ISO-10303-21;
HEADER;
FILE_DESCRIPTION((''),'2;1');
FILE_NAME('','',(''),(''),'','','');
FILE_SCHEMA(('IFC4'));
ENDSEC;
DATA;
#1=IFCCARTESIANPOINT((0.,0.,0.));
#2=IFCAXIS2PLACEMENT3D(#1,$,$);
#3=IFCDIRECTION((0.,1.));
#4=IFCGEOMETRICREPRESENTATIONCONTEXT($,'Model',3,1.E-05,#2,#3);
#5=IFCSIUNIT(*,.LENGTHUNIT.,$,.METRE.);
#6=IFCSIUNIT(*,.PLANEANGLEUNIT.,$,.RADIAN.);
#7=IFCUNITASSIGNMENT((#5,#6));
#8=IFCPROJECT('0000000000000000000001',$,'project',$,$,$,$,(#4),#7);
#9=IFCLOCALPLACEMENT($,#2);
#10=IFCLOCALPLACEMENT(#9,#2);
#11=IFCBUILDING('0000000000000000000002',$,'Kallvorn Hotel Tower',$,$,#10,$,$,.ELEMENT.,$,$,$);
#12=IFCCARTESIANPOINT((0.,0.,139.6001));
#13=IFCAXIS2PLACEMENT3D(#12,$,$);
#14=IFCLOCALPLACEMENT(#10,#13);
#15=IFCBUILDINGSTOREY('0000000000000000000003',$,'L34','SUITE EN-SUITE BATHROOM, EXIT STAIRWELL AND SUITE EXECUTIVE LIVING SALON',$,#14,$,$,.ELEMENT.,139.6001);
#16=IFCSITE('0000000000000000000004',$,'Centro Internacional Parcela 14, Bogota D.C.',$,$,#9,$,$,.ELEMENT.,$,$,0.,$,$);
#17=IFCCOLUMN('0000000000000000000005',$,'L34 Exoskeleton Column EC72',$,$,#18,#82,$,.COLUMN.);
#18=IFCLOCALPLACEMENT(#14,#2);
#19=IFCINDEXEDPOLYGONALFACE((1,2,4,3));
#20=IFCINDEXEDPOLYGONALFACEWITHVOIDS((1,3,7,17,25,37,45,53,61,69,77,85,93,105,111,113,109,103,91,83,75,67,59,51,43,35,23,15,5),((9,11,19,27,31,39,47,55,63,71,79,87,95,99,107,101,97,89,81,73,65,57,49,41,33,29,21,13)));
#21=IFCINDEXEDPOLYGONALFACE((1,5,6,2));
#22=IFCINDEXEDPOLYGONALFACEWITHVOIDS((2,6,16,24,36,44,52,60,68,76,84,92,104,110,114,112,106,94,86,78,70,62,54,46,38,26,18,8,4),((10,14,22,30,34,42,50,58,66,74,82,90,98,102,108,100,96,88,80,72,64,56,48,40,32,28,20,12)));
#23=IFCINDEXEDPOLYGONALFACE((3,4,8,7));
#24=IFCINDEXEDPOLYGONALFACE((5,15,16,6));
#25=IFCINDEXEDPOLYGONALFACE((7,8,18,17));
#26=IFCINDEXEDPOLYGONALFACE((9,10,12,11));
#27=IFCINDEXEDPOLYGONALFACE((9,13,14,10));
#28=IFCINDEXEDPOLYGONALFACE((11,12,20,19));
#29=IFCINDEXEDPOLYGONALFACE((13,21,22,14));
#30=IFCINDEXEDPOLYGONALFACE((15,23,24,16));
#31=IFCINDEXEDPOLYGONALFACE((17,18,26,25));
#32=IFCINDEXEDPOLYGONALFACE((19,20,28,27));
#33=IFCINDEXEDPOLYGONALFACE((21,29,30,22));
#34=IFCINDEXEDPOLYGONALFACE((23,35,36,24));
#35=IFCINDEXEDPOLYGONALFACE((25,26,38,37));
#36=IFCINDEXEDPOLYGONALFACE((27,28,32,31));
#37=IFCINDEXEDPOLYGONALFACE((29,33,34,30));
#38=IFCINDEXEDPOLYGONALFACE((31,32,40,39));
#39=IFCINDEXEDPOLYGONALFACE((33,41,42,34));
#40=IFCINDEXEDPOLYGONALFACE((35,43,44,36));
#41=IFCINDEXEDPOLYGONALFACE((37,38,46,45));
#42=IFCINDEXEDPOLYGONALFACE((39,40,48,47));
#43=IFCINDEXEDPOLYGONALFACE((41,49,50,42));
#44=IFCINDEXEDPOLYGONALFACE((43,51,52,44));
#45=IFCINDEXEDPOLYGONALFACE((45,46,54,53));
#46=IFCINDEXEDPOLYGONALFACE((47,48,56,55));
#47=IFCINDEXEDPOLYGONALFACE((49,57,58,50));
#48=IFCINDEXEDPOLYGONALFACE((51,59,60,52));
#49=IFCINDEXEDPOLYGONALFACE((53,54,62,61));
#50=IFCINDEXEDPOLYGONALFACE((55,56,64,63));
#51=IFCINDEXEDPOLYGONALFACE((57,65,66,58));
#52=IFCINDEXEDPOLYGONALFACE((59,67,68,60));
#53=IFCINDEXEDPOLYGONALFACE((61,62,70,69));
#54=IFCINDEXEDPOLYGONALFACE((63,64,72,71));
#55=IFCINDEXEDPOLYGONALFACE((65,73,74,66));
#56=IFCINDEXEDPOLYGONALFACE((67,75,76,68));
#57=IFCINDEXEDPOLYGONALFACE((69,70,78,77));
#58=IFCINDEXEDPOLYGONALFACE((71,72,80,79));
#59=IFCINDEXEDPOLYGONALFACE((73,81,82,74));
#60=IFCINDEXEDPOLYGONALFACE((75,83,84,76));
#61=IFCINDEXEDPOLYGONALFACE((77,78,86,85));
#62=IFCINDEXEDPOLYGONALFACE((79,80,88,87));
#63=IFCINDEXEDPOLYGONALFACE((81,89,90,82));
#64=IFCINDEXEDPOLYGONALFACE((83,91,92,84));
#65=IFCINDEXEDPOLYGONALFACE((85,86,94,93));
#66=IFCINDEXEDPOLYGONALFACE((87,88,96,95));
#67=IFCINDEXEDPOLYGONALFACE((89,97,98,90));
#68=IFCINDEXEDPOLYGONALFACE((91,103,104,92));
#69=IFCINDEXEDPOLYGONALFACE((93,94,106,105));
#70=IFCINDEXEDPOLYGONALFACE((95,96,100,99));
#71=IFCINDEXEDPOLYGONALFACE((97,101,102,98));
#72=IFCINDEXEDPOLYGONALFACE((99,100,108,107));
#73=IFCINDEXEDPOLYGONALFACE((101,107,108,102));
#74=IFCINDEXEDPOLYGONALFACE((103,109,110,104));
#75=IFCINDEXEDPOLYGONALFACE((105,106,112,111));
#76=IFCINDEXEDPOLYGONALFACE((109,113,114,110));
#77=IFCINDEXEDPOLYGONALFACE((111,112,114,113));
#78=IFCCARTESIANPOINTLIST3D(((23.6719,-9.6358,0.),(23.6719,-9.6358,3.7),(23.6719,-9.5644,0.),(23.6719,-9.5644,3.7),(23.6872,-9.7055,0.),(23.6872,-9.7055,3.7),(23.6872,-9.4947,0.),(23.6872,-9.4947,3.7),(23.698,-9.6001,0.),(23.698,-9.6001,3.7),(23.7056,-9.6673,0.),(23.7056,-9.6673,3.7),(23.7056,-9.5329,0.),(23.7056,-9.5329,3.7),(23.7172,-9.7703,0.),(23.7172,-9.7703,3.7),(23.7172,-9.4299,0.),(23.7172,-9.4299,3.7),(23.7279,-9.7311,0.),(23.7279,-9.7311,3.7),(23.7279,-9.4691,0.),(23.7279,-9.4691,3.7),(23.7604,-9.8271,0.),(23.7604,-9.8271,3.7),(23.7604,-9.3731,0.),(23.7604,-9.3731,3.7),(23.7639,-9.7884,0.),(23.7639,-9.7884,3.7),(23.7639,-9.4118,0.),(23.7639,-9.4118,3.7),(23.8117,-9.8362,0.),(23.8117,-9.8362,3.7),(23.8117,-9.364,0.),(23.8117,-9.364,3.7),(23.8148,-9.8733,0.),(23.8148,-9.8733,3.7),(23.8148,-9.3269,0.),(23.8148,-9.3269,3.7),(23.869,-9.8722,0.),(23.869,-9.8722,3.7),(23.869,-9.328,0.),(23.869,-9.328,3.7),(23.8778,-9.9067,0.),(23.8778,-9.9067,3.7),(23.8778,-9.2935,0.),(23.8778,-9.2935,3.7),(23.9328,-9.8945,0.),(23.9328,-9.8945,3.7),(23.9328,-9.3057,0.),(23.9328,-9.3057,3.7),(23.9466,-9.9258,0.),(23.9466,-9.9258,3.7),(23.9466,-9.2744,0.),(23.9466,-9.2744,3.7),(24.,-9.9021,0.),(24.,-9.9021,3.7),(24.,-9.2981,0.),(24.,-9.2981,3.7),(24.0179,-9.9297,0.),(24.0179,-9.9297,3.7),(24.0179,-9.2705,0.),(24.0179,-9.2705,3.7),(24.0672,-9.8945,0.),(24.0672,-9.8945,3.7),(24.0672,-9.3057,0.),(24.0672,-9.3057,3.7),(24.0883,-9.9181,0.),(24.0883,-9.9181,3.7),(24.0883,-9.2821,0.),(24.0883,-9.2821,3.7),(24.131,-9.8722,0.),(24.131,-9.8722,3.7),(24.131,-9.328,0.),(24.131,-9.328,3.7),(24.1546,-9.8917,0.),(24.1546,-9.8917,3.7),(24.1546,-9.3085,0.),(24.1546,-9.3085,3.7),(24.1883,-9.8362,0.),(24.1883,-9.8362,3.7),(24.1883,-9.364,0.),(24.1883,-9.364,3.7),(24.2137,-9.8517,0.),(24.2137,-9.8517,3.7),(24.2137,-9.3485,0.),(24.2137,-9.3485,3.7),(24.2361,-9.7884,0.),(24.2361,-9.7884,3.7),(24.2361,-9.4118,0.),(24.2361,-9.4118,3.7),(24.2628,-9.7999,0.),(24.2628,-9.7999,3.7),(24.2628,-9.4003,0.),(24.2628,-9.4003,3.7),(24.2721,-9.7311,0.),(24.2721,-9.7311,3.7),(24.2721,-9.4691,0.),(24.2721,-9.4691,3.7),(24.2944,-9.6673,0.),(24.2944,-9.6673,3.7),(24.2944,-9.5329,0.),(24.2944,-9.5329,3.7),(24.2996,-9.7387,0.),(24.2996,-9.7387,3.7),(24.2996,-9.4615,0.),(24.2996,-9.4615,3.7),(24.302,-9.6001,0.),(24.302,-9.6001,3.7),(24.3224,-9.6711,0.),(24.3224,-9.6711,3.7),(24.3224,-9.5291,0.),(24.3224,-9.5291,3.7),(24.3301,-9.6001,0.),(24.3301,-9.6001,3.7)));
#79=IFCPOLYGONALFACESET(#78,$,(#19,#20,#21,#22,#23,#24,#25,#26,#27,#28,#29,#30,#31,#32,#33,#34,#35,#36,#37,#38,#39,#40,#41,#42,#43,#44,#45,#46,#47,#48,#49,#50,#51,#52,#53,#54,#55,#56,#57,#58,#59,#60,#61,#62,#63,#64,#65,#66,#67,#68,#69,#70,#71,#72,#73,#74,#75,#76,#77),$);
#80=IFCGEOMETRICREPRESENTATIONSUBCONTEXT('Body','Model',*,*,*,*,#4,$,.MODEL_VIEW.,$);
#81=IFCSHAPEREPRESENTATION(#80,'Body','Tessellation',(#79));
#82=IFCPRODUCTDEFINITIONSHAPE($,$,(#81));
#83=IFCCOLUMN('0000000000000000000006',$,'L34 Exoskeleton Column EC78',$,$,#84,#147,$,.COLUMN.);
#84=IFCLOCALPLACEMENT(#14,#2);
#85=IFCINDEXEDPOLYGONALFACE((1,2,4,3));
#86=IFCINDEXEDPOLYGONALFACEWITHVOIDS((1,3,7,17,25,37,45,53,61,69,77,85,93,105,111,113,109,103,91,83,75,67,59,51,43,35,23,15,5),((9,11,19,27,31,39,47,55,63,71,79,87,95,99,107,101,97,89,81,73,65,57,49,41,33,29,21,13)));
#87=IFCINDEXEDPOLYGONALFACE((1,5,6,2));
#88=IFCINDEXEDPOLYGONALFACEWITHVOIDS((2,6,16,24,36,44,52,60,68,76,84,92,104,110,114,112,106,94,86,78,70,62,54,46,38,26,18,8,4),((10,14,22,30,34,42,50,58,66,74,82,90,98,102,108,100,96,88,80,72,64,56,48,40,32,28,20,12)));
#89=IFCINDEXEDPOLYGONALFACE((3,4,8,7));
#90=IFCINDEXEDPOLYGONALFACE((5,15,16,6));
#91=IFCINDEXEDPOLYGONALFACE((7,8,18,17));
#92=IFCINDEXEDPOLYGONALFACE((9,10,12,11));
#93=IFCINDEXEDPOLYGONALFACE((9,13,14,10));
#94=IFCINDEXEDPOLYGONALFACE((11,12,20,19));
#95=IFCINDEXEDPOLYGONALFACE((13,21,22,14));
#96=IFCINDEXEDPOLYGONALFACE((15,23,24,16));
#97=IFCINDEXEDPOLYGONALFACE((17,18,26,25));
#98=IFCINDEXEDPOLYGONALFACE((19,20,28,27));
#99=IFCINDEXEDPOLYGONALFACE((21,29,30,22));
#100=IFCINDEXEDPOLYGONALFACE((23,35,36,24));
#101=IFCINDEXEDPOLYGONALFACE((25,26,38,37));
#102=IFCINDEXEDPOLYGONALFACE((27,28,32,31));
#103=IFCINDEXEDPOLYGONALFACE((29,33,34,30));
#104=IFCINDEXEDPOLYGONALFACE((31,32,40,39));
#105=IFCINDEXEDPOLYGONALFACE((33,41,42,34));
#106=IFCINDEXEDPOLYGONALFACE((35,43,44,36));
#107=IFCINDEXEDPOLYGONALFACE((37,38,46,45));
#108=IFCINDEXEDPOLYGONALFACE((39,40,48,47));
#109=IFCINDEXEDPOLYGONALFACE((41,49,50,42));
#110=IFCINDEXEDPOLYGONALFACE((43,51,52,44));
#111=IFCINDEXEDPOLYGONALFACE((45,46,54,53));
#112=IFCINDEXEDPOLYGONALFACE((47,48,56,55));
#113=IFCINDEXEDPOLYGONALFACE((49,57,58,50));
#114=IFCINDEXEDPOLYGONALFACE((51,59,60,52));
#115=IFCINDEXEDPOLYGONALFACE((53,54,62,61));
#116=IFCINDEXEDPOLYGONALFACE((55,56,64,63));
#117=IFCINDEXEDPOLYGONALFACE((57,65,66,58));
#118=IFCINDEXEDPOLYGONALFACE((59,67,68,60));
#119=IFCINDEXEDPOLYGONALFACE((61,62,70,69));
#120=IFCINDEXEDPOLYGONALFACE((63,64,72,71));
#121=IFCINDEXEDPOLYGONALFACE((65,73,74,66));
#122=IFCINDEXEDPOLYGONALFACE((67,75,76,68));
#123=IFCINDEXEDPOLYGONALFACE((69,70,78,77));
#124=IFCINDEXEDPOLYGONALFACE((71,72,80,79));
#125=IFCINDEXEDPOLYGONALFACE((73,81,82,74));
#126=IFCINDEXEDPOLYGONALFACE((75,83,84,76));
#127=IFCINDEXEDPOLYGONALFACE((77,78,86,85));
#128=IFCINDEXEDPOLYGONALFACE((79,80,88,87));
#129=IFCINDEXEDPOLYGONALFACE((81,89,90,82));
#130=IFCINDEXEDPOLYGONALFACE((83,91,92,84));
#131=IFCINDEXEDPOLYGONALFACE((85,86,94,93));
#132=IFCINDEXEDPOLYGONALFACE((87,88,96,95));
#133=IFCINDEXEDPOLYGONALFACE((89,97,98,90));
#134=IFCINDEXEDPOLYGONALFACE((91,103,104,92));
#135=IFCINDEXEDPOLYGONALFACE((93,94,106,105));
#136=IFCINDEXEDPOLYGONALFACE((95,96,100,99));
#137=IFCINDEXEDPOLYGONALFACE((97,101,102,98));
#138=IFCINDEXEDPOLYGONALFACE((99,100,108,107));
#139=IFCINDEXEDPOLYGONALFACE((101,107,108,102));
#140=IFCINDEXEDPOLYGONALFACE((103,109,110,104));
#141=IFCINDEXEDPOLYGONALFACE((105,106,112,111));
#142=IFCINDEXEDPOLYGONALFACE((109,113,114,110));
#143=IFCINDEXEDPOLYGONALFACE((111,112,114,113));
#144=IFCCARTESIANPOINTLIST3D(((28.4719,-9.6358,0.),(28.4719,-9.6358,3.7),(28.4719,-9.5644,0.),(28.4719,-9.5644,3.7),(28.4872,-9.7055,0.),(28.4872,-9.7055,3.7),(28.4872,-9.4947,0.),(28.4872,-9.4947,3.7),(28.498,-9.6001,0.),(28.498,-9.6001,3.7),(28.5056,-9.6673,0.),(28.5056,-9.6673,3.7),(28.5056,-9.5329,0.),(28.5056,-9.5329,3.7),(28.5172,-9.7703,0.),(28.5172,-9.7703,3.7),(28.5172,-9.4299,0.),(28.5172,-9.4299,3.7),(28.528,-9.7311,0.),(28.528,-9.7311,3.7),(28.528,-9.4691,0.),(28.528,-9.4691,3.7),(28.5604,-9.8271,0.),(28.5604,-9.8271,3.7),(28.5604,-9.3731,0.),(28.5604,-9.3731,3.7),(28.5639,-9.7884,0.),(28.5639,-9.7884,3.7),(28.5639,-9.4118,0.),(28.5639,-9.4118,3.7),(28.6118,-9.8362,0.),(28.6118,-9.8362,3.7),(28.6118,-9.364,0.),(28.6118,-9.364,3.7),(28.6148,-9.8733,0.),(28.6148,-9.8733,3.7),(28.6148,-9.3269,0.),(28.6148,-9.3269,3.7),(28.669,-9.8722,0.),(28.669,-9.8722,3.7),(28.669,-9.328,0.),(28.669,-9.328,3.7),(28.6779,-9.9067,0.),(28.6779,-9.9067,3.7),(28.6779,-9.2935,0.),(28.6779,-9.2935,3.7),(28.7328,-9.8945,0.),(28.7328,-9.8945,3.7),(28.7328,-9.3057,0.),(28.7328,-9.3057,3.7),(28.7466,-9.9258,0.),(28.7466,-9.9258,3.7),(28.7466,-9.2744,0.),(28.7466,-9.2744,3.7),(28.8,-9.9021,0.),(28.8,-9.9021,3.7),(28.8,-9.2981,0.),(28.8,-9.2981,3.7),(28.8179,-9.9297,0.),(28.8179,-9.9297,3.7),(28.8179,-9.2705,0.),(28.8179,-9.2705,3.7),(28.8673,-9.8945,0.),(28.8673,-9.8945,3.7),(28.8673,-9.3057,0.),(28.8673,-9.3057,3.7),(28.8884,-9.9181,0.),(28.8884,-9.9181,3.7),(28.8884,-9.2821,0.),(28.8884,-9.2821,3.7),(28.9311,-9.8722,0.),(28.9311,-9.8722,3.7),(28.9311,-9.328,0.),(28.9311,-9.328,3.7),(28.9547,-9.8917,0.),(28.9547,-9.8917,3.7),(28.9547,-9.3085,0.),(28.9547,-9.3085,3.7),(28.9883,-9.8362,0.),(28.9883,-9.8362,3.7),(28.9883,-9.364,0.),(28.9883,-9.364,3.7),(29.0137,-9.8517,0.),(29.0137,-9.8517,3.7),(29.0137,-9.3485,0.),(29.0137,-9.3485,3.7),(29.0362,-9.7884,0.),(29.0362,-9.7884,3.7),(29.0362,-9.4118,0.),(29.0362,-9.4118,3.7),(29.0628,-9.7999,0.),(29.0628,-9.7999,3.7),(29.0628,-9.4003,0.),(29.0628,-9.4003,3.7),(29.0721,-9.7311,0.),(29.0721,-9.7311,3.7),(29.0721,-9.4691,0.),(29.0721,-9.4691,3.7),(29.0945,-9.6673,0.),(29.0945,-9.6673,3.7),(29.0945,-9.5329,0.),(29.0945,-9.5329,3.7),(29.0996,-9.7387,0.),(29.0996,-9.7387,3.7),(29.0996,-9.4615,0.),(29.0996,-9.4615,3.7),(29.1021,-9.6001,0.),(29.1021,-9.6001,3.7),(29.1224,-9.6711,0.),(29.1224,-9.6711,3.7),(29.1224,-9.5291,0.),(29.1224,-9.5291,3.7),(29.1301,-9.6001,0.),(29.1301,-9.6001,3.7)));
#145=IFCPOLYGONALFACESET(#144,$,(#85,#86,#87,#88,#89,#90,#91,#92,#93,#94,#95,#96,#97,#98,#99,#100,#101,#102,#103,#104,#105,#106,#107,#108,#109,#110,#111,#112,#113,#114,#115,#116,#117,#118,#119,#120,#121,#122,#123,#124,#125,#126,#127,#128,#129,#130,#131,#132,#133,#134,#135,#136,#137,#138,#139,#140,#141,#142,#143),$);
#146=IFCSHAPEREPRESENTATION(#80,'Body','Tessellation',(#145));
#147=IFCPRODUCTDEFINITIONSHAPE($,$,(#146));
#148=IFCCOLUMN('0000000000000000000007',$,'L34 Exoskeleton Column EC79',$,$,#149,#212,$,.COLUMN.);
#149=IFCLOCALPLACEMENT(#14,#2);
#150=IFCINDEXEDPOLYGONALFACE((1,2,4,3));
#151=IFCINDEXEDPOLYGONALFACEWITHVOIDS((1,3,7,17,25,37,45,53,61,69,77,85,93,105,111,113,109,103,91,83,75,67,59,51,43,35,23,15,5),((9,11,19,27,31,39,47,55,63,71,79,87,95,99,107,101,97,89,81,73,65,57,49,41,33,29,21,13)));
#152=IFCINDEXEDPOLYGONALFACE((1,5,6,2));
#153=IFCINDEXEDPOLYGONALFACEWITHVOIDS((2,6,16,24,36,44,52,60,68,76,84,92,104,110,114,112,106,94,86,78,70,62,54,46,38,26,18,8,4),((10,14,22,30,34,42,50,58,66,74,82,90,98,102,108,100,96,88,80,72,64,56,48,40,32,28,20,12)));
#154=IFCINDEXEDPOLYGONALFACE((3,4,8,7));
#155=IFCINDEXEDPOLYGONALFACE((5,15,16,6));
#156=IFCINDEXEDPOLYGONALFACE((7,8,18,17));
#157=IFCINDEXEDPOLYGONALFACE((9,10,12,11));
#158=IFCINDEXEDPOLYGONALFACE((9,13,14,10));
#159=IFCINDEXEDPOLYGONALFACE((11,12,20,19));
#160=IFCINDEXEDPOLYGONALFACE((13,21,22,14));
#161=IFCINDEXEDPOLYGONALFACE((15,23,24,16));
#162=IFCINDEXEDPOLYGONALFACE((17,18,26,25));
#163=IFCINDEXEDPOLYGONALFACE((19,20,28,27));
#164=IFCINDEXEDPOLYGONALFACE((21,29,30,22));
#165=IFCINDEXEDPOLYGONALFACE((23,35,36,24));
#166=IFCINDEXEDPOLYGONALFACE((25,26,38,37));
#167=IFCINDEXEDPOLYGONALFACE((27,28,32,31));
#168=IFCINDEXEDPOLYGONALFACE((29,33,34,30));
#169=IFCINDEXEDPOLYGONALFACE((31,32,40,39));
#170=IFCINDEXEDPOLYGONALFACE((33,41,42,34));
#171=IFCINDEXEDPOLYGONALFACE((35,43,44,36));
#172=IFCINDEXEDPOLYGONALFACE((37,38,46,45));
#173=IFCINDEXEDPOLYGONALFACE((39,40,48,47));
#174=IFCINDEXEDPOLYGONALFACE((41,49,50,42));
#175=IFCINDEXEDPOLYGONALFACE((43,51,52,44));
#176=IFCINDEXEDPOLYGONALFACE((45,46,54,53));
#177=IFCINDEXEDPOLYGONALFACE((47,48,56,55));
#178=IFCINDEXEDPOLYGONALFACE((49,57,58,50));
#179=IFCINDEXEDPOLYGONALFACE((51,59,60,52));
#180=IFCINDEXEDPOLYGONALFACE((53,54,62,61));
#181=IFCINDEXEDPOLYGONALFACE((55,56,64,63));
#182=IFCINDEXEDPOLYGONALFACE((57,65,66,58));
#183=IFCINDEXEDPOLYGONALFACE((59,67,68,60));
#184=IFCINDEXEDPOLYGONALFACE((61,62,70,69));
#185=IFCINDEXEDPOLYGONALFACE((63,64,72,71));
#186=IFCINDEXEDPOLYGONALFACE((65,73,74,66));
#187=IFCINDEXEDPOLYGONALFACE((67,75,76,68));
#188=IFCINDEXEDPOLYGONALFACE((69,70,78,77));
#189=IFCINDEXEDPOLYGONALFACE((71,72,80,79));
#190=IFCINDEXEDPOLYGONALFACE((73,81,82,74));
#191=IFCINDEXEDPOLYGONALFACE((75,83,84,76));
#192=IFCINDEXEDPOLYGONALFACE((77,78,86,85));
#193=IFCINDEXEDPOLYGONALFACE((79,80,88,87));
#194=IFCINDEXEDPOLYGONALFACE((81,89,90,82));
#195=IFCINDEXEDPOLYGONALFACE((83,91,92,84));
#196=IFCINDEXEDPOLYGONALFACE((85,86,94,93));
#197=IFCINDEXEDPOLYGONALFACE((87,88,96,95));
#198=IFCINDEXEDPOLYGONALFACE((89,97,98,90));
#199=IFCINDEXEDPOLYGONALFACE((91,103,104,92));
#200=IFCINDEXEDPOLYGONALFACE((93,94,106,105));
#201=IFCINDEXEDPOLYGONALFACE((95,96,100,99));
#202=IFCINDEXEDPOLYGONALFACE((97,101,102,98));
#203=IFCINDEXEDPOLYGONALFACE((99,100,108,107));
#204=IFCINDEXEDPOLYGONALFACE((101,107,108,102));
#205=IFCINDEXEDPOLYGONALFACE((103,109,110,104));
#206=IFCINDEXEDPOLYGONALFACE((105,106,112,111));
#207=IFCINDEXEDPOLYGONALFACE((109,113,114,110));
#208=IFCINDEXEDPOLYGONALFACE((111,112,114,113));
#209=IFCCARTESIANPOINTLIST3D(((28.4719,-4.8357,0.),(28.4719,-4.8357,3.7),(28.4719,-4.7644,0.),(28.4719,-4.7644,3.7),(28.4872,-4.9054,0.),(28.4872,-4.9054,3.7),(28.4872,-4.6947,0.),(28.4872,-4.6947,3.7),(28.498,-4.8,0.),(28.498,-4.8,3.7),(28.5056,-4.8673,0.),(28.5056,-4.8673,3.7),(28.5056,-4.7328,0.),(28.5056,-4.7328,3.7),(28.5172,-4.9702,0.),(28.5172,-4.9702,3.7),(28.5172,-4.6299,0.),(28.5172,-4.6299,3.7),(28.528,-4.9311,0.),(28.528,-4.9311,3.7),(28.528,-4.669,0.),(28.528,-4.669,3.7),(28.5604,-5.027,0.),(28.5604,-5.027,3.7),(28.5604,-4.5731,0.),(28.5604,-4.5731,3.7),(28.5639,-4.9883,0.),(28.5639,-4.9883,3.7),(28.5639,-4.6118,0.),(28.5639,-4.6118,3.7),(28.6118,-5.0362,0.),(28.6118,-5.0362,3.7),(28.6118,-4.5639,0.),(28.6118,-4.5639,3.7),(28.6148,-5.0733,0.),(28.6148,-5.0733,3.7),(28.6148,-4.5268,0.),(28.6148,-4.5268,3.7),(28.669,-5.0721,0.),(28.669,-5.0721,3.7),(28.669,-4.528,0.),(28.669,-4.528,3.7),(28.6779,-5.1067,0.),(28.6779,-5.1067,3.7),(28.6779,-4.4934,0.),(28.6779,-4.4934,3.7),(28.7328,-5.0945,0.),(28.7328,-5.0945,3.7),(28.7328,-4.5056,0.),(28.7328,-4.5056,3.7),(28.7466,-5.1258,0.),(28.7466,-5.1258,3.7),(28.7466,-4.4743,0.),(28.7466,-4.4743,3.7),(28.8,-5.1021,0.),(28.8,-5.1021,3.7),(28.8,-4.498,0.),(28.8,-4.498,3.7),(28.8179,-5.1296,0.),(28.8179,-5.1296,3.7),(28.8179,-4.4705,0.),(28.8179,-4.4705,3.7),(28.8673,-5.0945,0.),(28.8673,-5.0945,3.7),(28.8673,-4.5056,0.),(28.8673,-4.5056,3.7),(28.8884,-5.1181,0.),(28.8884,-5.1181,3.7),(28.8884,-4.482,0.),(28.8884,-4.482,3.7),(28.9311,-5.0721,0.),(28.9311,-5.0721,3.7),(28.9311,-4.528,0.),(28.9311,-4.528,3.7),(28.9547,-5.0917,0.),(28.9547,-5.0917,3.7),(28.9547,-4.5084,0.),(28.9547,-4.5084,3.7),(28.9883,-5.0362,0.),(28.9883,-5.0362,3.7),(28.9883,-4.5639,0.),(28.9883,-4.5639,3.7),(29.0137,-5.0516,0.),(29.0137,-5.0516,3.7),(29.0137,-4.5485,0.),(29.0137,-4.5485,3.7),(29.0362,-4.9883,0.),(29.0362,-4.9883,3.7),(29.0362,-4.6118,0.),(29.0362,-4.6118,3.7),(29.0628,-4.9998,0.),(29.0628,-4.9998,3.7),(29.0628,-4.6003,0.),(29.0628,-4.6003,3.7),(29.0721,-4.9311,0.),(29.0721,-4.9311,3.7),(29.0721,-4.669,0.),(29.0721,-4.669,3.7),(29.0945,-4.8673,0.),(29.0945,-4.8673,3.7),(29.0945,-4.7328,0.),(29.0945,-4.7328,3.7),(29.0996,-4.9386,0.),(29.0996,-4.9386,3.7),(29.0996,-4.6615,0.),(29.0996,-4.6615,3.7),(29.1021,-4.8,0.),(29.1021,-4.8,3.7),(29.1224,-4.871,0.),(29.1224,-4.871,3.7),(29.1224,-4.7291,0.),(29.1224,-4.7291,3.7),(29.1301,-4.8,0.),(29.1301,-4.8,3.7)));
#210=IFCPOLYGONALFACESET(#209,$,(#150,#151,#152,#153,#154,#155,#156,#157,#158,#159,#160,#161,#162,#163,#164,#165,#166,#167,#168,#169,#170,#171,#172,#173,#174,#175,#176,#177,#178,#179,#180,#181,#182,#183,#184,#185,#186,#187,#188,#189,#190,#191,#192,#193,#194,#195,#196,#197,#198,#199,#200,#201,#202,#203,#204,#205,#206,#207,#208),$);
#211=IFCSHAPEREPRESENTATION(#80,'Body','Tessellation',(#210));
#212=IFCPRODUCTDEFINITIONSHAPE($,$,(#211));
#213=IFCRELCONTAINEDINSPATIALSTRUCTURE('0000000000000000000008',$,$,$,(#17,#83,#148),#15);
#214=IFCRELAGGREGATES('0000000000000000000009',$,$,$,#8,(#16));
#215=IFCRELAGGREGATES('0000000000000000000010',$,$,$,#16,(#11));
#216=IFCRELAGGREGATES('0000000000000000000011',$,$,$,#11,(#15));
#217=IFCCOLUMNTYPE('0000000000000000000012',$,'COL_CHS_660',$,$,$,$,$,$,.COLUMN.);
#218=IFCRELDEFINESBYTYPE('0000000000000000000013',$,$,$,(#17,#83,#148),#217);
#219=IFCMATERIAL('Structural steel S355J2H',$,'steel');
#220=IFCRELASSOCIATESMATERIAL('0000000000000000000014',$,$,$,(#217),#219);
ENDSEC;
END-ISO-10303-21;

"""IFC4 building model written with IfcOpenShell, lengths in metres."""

from ifc_helpers import new_model, si_unit, direction, frame, origin, origin_2d, place, context, subcontext, project, spatial, hollow_circle, extrude, material, material_profile, profile_set, type_object, element, save


model = new_model("IFC4")

# Units and contexts
model_context = context("Model", 3, precision=1e-05, world=origin(), true_north=direction((0.0, 1.0)))
body_context = subcontext(model_context, "Body", "Model", "MODEL_VIEW")
ifc_project = project(units=[si_unit("LENGTHUNIT", "METRE"), si_unit("PLANEANGLEUNIT", "RADIAN")], contexts=[model_context])

# Site, building, storey
site_placement = place(None, origin())
site = spatial("IfcSite", under=ifc_project, at=site_placement, Name="Centro Internacional Parcela 14, Bogota D.C.", CompositionType="ELEMENT", RefElevation=0.0)
building_placement = place(site_placement, origin())
building = spatial("IfcBuilding", under=site, at=building_placement, Name="Kallvorn Hotel Tower", CompositionType="ELEMENT")
storey_placement = place(building_placement, frame((0.0, 0.0, 139.6001)))
storey = spatial("IfcBuildingStorey", under=building, at=storey_placement, Name="L34", Description="SUITE EN-SUITE BATHROOM, EXIT STAIRWELL AND SUITE EXECUTIVE LIVING SALON", CompositionType="ELEMENT", Elevation=139.6001)

# Columns
ifc_material_1 = material(Name="Structural steel S355J2H", Category="steel")
ifc_material_profile_1 = material_profile(ifc_material_1, hollow_circle(Radius=0.3301, WallThickness=0.0281, at=origin_2d()), Name="CHS 660x28")
ifc_profile_set_1 = profile_set([ifc_material_profile_1], Name="Structural steel S355J2H")
column_type_1 = type_object("IfcColumnType", Name="COL_CHS_660", PredefinedType="COLUMN", material=ifc_profile_set_1)
for number, where, z_axis, x_axis, name in (
    (1, (24.0, -9.6001, 0.0), (0.0, 0.0, 1.0), (1.0, 0.0, 0.0), "L34 Exoskeleton Column EC72"),
    (2, (28.8, -9.6001, 0.0), (0.0, 0.0, 1.0), (1.0, 0.0, 0.0), "L34 Exoskeleton Column EC78"),
    (3, (28.8, -4.8, 0.0), (0.0, 0.0, 1.0), (1.0, 0.0, 0.0), "L34 Exoskeleton Column EC79"),
):
    element("IfcColumn", number, at=place(storey_placement, frame(where, z_axis=z_axis, x_axis=x_axis)), inside=storey, type_object=column_type_1, Name=name, PredefinedType="COLUMN", context=body_context, shape_type="SweptSolid", body=[
        extrude(hollow_circle(Radius=0.3301, WallThickness=0.0281, at=origin_2d()), origin(), (0.0, 0.0, 1.0), 3.7),
    ])

save(model, "model.ifc")
